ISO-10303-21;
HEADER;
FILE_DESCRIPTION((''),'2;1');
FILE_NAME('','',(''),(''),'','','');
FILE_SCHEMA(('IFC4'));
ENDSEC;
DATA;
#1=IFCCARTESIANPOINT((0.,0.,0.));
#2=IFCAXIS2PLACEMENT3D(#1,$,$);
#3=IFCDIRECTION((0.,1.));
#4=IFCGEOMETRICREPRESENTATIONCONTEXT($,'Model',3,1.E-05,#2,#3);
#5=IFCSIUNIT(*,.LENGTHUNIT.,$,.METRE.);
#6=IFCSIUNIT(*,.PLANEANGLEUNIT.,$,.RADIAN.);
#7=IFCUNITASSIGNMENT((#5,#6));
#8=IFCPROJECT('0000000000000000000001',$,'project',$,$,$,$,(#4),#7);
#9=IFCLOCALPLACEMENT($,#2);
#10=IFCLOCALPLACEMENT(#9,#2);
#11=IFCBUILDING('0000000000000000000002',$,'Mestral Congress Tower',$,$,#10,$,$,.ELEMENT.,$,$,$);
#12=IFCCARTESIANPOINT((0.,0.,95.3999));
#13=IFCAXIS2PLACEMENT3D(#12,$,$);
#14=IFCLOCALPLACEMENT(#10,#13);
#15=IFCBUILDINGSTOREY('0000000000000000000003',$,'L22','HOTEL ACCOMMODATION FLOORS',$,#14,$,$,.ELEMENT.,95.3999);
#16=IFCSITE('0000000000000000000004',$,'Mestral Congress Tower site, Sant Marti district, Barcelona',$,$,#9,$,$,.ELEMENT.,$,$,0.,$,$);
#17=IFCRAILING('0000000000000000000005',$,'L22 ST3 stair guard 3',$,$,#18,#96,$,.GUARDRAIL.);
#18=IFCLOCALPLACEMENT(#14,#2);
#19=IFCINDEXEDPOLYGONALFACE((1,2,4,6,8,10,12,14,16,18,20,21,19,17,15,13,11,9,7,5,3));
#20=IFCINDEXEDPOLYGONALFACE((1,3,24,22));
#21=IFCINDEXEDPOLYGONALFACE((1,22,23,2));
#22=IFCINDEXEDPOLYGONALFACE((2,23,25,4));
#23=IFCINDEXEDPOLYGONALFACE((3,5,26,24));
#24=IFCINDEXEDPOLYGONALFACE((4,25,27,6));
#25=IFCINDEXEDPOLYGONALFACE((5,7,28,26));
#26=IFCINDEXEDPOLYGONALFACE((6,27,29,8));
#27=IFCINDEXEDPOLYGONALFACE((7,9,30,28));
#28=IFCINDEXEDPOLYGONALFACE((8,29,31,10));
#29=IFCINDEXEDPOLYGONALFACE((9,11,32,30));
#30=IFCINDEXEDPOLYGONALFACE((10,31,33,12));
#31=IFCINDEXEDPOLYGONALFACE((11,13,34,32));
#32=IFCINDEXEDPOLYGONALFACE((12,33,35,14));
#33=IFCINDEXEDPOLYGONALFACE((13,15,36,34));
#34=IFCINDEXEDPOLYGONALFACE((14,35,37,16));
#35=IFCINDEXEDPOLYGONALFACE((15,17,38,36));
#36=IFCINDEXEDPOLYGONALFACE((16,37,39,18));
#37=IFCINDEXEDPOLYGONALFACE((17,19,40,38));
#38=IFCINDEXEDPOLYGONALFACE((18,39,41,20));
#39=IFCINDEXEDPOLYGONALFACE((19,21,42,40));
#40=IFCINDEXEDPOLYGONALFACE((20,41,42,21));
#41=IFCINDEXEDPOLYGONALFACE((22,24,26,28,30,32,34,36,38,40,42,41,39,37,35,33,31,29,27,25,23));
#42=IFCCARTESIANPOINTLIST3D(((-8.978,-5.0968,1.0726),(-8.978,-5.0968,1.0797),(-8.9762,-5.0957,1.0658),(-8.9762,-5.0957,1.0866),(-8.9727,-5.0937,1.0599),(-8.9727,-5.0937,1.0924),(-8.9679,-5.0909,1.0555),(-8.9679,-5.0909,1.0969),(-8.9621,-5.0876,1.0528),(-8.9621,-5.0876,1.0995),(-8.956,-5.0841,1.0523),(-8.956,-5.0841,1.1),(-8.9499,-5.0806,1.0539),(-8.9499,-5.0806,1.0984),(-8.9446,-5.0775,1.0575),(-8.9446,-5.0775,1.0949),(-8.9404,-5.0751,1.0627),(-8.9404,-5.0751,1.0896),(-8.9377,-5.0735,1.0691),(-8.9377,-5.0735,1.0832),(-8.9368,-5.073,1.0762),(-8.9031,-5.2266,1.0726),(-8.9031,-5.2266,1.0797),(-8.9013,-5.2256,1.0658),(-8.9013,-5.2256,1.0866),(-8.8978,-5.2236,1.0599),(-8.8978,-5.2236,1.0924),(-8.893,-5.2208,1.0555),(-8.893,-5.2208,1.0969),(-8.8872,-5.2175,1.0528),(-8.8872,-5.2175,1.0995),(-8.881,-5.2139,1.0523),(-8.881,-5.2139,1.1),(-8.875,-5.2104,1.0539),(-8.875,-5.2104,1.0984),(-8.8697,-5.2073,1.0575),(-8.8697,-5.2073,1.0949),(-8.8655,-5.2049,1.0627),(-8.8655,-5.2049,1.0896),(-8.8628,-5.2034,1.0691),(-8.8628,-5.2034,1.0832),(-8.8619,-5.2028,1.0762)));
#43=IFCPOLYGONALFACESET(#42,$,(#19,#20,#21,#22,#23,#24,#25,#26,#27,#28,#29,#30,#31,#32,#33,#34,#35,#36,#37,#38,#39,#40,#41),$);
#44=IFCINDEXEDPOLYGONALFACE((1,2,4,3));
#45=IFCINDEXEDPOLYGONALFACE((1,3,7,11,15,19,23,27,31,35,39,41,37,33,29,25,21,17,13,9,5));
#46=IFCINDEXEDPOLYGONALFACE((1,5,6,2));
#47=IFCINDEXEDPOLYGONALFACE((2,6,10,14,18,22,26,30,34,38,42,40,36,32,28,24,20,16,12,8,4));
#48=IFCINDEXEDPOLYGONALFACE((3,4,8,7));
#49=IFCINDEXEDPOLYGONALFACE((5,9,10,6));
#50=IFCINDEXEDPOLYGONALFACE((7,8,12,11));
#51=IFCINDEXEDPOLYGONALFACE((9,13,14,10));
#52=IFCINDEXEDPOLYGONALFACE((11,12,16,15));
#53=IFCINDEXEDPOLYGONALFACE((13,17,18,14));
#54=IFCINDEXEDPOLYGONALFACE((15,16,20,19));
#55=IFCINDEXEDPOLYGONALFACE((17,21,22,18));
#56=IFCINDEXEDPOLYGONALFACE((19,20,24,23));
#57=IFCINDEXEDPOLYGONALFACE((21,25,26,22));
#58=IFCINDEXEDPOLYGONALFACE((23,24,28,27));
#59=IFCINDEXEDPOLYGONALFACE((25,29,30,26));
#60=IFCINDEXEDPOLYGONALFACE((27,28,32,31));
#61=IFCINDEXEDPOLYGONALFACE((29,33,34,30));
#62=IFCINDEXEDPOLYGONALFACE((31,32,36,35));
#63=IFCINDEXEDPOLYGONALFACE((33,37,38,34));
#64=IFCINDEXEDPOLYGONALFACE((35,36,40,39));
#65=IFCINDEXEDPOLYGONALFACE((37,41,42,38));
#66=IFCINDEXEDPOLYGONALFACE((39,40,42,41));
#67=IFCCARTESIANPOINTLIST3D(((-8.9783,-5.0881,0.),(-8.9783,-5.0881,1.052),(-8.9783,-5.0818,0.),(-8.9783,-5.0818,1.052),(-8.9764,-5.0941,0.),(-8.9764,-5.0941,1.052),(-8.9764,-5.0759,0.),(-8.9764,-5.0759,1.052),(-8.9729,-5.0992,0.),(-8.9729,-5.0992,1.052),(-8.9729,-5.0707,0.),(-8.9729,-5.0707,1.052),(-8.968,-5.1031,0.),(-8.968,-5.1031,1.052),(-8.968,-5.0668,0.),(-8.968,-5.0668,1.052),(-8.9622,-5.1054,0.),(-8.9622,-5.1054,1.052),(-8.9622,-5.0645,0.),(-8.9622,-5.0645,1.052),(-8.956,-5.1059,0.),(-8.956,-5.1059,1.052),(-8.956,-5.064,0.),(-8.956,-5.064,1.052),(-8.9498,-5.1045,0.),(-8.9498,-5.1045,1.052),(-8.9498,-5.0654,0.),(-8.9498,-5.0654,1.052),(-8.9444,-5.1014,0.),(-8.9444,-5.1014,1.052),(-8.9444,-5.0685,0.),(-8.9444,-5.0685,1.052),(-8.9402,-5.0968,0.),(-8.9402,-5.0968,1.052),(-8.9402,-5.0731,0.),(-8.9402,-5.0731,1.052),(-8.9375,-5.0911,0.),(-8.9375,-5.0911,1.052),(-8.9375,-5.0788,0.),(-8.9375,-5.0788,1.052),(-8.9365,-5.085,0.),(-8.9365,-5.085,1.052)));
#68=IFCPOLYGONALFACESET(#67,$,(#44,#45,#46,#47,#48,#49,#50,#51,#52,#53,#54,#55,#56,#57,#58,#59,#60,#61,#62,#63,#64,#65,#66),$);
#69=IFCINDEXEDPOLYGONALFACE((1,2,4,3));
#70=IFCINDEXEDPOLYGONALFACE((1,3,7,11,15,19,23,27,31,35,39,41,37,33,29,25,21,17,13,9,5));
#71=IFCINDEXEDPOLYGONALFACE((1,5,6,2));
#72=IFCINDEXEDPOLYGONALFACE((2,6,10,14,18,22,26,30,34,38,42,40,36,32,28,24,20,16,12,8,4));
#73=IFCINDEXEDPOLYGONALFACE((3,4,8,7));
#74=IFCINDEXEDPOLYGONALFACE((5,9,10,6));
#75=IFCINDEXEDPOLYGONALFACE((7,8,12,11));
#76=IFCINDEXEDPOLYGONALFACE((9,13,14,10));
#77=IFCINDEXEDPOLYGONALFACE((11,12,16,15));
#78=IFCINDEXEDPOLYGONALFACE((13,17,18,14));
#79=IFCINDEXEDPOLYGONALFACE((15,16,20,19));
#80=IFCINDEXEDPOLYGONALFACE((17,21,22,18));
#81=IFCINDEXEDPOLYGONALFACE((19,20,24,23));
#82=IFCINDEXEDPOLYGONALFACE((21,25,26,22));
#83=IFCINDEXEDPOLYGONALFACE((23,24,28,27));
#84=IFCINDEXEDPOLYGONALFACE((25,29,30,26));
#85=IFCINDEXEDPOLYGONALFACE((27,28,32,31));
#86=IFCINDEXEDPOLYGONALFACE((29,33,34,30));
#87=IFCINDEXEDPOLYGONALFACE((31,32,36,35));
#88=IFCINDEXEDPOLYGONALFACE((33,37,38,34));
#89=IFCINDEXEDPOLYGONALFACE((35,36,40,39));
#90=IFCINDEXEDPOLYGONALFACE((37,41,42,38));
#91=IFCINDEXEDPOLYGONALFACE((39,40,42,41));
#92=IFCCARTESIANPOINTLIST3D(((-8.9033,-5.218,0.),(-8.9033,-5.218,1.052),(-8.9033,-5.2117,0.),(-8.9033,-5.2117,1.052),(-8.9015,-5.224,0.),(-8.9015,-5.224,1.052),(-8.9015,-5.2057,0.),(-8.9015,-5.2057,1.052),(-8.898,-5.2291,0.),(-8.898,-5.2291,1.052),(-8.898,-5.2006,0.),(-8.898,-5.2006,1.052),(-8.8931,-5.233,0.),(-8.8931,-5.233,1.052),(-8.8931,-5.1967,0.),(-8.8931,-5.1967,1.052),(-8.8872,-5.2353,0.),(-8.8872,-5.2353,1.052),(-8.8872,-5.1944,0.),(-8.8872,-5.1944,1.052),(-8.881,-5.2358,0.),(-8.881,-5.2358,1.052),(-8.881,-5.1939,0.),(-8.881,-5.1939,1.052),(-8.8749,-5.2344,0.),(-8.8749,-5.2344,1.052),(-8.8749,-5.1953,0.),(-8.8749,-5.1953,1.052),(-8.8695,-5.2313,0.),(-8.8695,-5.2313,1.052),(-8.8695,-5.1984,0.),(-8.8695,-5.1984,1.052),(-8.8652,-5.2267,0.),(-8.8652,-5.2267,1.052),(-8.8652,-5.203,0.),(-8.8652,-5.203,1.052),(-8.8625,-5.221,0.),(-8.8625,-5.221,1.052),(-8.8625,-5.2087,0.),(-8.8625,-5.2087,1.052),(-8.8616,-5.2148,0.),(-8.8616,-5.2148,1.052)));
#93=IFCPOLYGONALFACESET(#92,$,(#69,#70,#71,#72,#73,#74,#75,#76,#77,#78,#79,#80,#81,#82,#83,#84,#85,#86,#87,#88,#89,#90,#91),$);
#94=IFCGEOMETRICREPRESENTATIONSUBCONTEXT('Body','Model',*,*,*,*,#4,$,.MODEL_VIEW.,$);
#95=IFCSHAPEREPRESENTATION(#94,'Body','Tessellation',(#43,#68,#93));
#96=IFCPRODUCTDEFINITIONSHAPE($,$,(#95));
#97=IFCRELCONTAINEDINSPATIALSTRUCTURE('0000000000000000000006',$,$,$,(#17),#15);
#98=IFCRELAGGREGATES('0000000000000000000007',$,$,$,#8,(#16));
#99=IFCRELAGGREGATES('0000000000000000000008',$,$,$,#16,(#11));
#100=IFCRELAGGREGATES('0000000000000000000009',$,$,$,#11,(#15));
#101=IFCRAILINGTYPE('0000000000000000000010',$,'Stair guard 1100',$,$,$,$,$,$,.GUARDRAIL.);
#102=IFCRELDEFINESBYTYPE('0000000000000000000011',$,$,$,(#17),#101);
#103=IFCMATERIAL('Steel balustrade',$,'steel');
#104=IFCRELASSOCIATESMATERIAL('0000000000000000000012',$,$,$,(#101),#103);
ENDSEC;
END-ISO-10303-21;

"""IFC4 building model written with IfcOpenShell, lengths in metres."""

from ifc_helpers import new_model, si_unit, direction, frame, origin, origin_2d, place, context, subcontext, project, spatial, circle, extrude, material, type_object, element, save


model = new_model("IFC4")

# Units and contexts
model_context = context("Model", 3, precision=1e-05, world=origin(), true_north=direction((0.0, 1.0)))
body_context = subcontext(model_context, "Body", "Model", "MODEL_VIEW")
ifc_project = project(units=[si_unit("LENGTHUNIT", "METRE"), si_unit("PLANEANGLEUNIT", "RADIAN")], contexts=[model_context])

# Site, building, storey
site_placement = place(None, origin())
site = spatial("IfcSite", under=ifc_project, at=site_placement, Name="Mestral Congress Tower site, Sant Marti district, Barcelona", CompositionType="ELEMENT", RefElevation=0.0)
building_placement = place(site_placement, origin())
building = spatial("IfcBuilding", under=site, at=building_placement, Name="Mestral Congress Tower", CompositionType="ELEMENT")
storey_placement = place(building_placement, frame((0.0, 0.0, 95.3999)))
storey = spatial("IfcBuildingStorey", under=building, at=storey_placement, Name="L22", Description="HOTEL ACCOMMODATION FLOORS", CompositionType="ELEMENT", Elevation=95.3999)

# Railing
ifc_material_1 = material(Name="Steel balustrade", Category="steel")
railing_type_1 = type_object("IfcRailingType", Name="Stair guard 1100", PredefinedType="GUARDRAIL", material=ifc_material_1)
railing_1_placement = place(storey_placement, frame((-8.9575, -5.085, 0.0)))
element("IfcRailing", 1, at=railing_1_placement, inside=storey, type_object=railing_type_1, Name="L22 ST3 stair guard 3", PredefinedType="GUARDRAIL", context=body_context, shape_type="SweptSolid", body=[
    extrude(circle(Radius=0.0239, at=origin_2d()), frame((0.0, 0.0, 1.0762), z_axis=(0.499816, -0.866131, 0.0), x_axis=(0.866131, 0.499816, 0.0)), (0.0, 0.0, 1.0), 0.1499),
    extrude(circle(Radius=0.021, at=origin_2d()), origin(), (0.0, 0.0, 1.0), 1.052),
    extrude(circle(Radius=0.021, at=origin_2d()), frame((0.075, -0.1299, 0.0)), (0.0, 0.0, 1.0), 1.052),
])

save(model, "model.ifc")
